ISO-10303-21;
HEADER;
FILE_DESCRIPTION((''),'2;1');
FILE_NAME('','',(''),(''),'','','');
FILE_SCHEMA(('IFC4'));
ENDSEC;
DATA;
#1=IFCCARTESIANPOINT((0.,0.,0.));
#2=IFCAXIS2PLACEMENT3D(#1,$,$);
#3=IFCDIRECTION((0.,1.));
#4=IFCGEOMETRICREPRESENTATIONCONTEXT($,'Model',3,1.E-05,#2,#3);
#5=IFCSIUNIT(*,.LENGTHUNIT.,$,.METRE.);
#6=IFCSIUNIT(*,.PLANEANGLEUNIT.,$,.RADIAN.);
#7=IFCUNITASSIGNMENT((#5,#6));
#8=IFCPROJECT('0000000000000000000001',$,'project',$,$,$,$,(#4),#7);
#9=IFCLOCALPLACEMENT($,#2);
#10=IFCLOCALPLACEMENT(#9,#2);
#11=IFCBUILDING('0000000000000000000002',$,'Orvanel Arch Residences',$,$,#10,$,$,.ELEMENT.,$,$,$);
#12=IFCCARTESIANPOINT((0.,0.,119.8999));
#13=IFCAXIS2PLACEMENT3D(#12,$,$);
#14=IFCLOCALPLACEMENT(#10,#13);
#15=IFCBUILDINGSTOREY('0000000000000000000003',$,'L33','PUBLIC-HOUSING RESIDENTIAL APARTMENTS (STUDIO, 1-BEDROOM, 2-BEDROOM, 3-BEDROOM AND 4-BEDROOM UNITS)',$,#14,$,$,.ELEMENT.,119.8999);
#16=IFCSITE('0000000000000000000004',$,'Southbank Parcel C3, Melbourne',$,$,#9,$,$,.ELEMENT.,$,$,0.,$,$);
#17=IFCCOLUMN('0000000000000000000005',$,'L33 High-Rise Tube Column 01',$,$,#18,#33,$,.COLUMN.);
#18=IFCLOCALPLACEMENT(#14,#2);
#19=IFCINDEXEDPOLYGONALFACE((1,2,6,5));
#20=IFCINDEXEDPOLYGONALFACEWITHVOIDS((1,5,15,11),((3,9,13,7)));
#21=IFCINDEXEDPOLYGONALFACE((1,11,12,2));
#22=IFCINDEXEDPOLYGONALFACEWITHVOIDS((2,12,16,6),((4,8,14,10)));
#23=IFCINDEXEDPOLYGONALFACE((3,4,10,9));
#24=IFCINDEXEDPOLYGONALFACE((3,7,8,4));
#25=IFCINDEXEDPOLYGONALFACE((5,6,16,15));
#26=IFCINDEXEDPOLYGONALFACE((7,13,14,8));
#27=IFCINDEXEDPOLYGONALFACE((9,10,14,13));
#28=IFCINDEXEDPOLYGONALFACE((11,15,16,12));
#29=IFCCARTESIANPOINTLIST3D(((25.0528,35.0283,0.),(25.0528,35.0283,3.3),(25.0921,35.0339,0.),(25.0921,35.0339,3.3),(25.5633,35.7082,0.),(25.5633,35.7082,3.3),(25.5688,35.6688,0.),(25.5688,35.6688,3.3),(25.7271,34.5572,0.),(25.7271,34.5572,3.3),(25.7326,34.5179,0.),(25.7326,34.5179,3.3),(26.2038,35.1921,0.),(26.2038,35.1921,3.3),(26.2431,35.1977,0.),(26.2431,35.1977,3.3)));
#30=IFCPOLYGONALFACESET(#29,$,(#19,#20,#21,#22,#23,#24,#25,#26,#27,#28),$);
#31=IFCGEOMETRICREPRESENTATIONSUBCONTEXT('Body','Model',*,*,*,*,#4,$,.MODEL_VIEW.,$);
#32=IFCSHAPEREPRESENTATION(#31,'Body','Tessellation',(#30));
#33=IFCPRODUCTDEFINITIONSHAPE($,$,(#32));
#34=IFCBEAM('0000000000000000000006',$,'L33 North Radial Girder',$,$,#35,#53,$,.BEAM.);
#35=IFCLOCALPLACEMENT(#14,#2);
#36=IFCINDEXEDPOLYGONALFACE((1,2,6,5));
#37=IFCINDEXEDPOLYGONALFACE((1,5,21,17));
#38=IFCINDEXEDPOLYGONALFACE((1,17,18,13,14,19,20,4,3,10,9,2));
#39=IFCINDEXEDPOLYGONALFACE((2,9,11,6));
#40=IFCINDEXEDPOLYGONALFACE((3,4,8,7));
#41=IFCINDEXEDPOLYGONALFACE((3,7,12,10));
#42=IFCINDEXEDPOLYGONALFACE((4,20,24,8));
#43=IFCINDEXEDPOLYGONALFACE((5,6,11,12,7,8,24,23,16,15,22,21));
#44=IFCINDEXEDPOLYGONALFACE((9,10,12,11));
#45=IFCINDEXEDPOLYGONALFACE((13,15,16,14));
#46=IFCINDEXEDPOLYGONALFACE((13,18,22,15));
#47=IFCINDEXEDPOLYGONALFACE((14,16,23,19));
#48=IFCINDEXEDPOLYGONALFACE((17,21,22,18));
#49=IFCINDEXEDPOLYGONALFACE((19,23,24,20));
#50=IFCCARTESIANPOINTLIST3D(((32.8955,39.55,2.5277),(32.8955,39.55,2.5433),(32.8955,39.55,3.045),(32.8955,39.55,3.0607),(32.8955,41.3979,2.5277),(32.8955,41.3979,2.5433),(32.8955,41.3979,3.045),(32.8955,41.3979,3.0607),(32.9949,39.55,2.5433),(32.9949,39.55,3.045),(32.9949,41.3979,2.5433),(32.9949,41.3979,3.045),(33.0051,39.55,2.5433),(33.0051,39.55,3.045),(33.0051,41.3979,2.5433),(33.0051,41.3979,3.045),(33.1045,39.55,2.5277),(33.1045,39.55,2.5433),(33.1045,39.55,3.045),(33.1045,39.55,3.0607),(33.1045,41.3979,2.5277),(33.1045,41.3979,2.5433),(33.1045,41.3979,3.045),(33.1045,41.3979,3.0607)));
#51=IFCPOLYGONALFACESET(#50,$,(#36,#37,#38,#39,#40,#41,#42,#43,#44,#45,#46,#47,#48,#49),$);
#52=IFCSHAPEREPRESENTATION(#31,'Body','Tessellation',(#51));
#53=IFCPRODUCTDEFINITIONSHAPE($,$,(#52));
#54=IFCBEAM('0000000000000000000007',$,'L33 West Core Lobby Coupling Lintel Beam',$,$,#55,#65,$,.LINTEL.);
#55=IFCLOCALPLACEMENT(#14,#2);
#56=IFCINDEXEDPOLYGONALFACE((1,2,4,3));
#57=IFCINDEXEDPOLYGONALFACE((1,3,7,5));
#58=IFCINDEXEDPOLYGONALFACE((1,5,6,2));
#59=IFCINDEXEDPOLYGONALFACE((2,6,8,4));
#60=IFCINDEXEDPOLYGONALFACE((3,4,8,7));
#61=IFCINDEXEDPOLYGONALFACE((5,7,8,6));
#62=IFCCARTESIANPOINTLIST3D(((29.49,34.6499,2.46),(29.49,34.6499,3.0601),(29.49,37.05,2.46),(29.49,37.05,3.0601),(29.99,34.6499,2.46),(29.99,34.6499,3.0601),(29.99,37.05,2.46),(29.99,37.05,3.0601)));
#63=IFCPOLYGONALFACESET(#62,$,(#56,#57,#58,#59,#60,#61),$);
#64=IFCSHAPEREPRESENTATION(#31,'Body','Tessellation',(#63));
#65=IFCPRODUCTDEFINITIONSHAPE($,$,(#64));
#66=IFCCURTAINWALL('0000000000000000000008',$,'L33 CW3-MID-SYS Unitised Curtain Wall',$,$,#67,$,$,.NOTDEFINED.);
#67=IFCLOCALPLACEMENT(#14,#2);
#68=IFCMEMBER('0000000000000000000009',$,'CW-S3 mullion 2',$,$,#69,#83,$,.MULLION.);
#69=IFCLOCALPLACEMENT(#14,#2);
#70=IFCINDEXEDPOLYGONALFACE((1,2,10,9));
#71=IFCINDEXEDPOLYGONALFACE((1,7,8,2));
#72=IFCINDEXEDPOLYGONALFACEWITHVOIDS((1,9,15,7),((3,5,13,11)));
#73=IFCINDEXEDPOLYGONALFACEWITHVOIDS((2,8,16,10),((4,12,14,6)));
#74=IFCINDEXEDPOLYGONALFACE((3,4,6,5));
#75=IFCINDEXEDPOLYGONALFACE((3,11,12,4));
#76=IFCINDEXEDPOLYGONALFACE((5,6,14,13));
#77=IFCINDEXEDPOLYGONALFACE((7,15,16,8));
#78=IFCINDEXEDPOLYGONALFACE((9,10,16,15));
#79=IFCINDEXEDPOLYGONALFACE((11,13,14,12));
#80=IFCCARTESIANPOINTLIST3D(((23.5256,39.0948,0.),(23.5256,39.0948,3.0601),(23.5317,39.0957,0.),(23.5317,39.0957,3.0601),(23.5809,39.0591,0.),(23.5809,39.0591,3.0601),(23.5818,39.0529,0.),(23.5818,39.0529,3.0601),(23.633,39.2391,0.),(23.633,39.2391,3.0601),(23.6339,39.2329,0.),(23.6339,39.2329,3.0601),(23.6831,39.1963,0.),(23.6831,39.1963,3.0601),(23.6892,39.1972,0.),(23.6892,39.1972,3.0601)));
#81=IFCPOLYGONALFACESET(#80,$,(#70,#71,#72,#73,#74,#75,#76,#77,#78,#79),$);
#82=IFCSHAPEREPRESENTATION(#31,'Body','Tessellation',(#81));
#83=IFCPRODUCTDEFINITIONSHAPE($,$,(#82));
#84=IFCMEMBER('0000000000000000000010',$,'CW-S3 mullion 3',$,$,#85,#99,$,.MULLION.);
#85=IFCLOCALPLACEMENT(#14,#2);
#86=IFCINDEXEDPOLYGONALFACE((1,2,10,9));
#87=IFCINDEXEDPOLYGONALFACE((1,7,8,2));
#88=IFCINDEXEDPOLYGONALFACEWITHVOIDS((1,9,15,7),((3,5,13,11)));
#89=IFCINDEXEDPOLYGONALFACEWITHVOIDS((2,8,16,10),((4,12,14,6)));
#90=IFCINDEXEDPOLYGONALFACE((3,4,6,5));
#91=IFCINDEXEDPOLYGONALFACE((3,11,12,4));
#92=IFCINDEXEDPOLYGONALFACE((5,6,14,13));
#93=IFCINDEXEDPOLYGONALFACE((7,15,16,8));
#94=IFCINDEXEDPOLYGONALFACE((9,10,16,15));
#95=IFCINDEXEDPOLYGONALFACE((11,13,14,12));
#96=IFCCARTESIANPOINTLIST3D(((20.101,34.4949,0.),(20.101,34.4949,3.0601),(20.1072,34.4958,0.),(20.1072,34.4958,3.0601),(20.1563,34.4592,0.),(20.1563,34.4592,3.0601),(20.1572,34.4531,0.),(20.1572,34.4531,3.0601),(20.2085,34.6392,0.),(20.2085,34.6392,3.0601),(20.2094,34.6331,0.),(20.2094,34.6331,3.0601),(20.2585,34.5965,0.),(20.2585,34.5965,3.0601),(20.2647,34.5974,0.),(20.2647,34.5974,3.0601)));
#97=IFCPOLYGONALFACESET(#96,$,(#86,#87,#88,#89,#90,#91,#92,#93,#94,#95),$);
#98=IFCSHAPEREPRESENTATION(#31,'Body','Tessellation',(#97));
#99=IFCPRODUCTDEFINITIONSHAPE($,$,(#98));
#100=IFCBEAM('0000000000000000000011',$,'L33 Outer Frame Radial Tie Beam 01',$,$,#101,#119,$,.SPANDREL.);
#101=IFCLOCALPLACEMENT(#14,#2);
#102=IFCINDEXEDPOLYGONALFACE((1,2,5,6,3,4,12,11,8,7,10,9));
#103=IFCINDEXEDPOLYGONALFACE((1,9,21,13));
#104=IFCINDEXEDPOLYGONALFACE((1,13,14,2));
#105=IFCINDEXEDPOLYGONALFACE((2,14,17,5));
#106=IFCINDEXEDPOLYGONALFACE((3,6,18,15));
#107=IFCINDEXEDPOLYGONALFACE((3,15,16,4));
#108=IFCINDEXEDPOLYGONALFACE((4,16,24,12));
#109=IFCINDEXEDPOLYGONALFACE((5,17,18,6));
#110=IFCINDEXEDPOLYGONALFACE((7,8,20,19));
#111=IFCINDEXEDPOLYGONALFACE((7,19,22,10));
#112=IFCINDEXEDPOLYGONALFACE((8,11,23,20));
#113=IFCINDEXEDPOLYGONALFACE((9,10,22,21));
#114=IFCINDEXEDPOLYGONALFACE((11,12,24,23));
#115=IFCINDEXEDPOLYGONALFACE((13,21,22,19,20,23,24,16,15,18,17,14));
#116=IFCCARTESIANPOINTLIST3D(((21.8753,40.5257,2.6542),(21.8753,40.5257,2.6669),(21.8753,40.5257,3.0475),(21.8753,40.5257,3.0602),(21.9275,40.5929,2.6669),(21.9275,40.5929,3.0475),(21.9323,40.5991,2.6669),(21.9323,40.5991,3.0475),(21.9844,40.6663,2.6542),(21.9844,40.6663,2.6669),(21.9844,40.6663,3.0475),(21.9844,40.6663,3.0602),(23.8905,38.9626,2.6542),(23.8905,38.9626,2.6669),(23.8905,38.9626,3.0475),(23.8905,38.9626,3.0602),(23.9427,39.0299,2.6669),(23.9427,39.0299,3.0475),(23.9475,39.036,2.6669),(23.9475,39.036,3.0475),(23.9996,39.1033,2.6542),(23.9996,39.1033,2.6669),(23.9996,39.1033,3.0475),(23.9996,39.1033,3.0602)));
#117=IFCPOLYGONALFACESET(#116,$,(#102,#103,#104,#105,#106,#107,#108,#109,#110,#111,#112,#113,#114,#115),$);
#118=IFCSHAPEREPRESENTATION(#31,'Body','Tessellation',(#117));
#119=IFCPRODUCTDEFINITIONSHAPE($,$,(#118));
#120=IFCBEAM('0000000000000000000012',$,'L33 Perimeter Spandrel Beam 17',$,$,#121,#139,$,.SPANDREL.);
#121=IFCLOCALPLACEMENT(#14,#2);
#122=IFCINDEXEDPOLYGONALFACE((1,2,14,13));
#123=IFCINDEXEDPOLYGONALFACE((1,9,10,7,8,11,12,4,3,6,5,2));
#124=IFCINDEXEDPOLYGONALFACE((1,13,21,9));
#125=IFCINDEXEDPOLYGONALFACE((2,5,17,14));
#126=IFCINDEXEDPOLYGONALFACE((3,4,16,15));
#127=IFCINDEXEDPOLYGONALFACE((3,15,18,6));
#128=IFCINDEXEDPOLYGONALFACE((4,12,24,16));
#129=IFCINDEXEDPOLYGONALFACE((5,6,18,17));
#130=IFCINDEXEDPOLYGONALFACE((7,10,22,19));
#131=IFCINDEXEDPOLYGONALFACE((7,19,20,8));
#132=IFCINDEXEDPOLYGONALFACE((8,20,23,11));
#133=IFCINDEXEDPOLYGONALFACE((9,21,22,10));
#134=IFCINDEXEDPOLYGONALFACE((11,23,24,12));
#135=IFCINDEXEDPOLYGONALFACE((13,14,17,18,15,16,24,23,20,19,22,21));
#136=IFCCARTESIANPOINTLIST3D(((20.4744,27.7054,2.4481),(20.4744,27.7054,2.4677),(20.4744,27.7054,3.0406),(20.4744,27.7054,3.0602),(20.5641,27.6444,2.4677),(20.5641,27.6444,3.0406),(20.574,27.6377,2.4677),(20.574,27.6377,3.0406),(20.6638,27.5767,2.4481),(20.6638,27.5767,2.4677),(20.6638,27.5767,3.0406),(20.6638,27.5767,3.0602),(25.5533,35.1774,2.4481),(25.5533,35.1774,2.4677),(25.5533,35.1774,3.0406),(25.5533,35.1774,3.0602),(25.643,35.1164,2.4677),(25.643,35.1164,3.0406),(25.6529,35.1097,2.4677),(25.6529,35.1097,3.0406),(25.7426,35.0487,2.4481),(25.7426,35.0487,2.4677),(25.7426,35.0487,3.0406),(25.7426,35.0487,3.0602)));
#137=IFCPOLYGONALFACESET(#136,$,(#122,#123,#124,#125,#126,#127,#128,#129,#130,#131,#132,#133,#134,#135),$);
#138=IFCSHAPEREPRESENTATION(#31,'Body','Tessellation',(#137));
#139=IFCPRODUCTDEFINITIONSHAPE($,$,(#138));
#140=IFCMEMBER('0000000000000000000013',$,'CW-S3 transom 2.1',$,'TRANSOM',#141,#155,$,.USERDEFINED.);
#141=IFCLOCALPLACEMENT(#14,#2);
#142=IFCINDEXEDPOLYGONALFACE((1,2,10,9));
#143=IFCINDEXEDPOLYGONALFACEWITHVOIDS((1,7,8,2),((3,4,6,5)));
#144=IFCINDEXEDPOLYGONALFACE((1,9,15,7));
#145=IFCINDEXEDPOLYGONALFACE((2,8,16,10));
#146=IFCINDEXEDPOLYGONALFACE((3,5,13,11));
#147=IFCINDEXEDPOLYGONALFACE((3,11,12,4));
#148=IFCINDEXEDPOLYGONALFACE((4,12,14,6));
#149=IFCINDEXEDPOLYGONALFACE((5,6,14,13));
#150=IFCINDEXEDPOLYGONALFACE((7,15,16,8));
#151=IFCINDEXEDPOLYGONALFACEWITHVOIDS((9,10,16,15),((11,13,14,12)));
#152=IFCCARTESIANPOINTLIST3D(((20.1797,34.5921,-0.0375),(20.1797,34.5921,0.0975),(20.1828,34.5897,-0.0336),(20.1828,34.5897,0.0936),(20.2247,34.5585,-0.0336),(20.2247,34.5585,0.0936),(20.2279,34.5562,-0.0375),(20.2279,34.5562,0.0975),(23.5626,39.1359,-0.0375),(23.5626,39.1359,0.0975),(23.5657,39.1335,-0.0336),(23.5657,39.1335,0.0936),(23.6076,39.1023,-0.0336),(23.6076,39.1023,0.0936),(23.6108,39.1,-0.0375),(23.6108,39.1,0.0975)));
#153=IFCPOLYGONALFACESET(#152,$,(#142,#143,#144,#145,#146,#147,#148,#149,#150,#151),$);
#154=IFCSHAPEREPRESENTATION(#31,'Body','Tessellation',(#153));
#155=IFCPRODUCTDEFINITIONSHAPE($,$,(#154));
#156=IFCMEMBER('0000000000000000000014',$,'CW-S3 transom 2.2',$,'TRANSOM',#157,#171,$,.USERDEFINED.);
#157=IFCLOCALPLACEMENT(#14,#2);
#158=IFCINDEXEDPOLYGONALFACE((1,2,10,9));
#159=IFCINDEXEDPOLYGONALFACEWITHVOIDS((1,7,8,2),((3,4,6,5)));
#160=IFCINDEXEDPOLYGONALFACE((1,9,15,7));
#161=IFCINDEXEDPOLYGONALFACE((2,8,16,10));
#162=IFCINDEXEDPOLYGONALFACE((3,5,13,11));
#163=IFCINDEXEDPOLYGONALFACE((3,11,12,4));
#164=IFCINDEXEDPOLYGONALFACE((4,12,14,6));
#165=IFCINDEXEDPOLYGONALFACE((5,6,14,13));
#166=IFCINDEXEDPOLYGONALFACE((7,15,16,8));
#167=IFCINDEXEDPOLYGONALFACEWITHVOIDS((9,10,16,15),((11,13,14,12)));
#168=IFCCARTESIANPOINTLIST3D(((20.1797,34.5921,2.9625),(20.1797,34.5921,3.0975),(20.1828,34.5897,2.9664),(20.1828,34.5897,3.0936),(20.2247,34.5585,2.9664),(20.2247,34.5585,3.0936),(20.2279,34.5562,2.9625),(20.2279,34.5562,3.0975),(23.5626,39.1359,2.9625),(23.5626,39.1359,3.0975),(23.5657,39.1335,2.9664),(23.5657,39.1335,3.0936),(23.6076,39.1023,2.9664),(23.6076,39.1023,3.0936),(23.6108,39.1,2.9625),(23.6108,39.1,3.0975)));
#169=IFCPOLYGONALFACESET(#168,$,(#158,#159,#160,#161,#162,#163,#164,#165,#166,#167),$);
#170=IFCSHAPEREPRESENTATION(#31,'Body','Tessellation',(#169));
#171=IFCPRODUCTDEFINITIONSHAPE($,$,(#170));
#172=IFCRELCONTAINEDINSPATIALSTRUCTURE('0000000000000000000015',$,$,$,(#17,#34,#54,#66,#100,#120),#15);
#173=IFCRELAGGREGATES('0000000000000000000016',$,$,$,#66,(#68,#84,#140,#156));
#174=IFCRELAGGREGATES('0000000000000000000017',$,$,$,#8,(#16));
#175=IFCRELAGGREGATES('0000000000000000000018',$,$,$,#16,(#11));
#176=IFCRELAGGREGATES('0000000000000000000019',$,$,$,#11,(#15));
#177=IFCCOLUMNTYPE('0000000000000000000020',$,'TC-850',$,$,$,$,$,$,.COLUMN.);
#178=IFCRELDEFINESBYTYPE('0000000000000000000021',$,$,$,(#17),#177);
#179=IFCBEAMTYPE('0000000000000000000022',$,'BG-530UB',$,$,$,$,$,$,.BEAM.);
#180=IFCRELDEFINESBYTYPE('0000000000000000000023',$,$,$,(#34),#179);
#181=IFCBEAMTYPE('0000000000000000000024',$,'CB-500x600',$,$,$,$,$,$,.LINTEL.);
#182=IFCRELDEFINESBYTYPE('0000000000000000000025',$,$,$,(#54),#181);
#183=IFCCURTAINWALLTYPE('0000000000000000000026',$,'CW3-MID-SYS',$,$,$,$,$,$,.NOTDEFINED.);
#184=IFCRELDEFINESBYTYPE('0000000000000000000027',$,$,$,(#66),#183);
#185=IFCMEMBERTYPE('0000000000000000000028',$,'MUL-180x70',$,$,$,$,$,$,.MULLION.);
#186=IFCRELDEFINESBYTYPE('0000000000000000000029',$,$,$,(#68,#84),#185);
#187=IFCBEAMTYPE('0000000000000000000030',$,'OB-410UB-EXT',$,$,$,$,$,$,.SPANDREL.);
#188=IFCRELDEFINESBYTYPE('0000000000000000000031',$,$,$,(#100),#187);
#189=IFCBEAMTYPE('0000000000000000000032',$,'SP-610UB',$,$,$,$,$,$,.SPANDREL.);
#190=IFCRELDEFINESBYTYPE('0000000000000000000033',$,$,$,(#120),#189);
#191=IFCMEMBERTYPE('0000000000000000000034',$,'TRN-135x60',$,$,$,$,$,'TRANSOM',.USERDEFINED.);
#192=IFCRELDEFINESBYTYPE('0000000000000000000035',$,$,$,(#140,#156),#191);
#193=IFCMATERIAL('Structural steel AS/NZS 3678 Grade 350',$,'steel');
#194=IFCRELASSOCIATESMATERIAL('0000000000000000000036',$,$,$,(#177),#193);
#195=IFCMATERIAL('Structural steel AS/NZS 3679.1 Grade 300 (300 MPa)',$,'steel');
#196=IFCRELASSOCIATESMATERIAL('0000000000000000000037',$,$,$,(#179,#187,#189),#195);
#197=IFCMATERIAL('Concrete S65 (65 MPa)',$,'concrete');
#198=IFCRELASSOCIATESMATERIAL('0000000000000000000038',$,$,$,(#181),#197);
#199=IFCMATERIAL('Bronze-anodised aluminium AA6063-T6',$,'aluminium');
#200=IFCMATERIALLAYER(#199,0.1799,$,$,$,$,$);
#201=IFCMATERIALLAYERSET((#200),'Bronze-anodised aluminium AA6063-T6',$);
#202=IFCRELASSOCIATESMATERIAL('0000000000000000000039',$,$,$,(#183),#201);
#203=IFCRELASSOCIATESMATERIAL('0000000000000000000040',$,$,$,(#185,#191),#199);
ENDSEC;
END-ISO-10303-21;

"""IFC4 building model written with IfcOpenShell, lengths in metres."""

from ifc_helpers import new_model, si_unit, direction, frame, origin, origin_2d, place, context, subcontext, project, spatial, rectangle, hollow_rectangle, i_section, extrude, material, layer, layer_set, material_profile, profile_set, type_object, element, aggregate, save


model = new_model("IFC4")

# Units and contexts
model_context = context("Model", 3, precision=1e-05, world=origin(), true_north=direction((0.0, 1.0)))
body_context = subcontext(model_context, "Body", "Model", "MODEL_VIEW")
ifc_project = project(units=[si_unit("LENGTHUNIT", "METRE"), si_unit("PLANEANGLEUNIT", "RADIAN")], contexts=[model_context])

# Site, building, storey
site_placement = place(None, origin())
site = spatial("IfcSite", under=ifc_project, at=site_placement, Name="Southbank Parcel C3, Melbourne", CompositionType="ELEMENT", RefElevation=0.0)
building_placement = place(site_placement, origin())
building = spatial("IfcBuilding", under=site, at=building_placement, Name="Orvanel Arch Residences", CompositionType="ELEMENT")
storey_placement = place(building_placement, frame((0.0, 0.0, 119.8999)))
storey = spatial("IfcBuildingStorey", under=building, at=storey_placement, Name="L33", Description="PUBLIC-HOUSING RESIDENTIAL APARTMENTS (STUDIO, 1-BEDROOM, 2-BEDROOM, 3-BEDROOM AND 4-BEDROOM UNITS)", CompositionType="ELEMENT", Elevation=119.8999)

# Column
ifc_material_1 = material(Name="Structural steel AS/NZS 3678 Grade 350", Category="steel")
ifc_material_profile_1 = material_profile(ifc_material_1, hollow_rectangle(XDim=0.8501, YDim=0.8501, WallThickness=0.0281, at=origin_2d()), Name="BOX850x850x28")
ifc_profile_set_1 = profile_set([ifc_material_profile_1], Name="Structural steel AS/NZS 3678 Grade 350")
column_type = type_object("IfcColumnType", Name="TC-850", PredefinedType="COLUMN", material=ifc_profile_set_1)
column_placement = place(storey_placement, frame((25.6479, 35.113, 0.0), z_axis=(0.0, 0.0, 1.0), x_axis=(0.60042, 0.799685, 0.0)))
element("IfcColumn", 1, at=column_placement, inside=storey, type_object=column_type, Name="L33 High-Rise Tube Column 01", PredefinedType="COLUMN", context=body_context, shape_type="SweptSolid", body=[
    extrude(hollow_rectangle(XDim=0.8501, YDim=0.8501, WallThickness=0.0281, at=origin_2d()), origin(), (0.0, 0.0, 1.0), 3.3),
])

# Beams
ifc_material_2 = material(Name="Structural steel AS/NZS 3679.1 Grade 300 (300 MPa)", Category="steel")
ifc_material_profile_2 = material_profile(ifc_material_2, i_section(OverallWidth=0.209, OverallDepth=0.533, WebThickness=0.0103, FlangeThickness=0.0156, at=origin_2d()), Name="530UB92.4")
ifc_profile_set_2 = profile_set([ifc_material_profile_2], Name="Structural steel AS/NZS 3679.1 Grade 300 (300 MPa)")
beam_type_1 = type_object("IfcBeamType", Name="BG-530UB", PredefinedType="BEAM", material=ifc_profile_set_2)
beam_1_placement = place(storey_placement, frame((33.0, 39.55, 2.7942), z_axis=(0.0, 1.0, 0.0), x_axis=(-1.0, 0.0, 0.0)))
element("IfcBeam", 2, at=beam_1_placement, inside=storey, type_object=beam_type_1, Name="L33 North Radial Girder", PredefinedType="BEAM", context=body_context, shape_type="SweptSolid", body=[
    extrude(i_section(OverallWidth=0.209, OverallDepth=0.533, WebThickness=0.0103, FlangeThickness=0.0156, at=origin_2d()), origin(), (0.0, 0.0, 1.0), 1.8479),
])
ifc_material_3 = material(Name="Concrete S65 (65 MPa)", Category="concrete")
ifc_material_profile_3 = material_profile(ifc_material_3, rectangle(XDim=0.5, YDim=0.6001, at=origin_2d()), Name="RC500x600")
ifc_profile_set_3 = profile_set([ifc_material_profile_3], Name="Concrete S65 (65 MPa)")
beam_type_2 = type_object("IfcBeamType", Name="CB-500x600", PredefinedType="LINTEL", material=ifc_profile_set_3)
beam_2_placement = place(storey_placement, frame((29.74, 34.6499, 2.76), z_axis=(0.0, 1.0, 0.0), x_axis=(-1.0, 0.0, 0.0)))
element("IfcBeam", 3, at=beam_2_placement, inside=storey, type_object=beam_type_2, Name="L33 West Core Lobby Coupling Lintel Beam", PredefinedType="LINTEL", context=body_context, shape_type="SweptSolid", body=[
    extrude(rectangle(XDim=0.5, YDim=0.6001, at=origin_2d()), origin(), (0.0, 0.0, 1.0), 2.4001),
])

# Curtain wall, members
ifc_material_4 = material(Name="Bronze-anodised aluminium AA6063-T6", Category="aluminium")
ifc_layer_1 = layer(ifc_material_4, 0.1799)
ifc_layer_set_1 = layer_set([ifc_layer_1], Name="Bronze-anodised aluminium AA6063-T6")
curtain_wall_type = type_object("IfcCurtainWallType", Name="CW3-MID-SYS", PredefinedType="NOTDEFINED", material=ifc_layer_set_1)
curtain_wall_placement = place(storey_placement, origin())
curtain_wall = element("IfcCurtainWall", 4, at=curtain_wall_placement, inside=storey, type_object=curtain_wall_type, Name="L33 CW3-MID-SYS Unitised Curtain Wall", PredefinedType="NOTDEFINED")
ifc_material_profile_4 = material_profile(ifc_material_4, hollow_rectangle(XDim=0.0701, YDim=0.1799, WallThickness=0.0044, at=origin_2d()), Name="ALU180x70x4.5")
ifc_profile_set_4 = profile_set([ifc_material_profile_4], Name="Bronze-anodised aluminium AA6063-T6")
member_type_1 = type_object("IfcMemberType", Name="MUL-180x70", PredefinedType="MULLION", material=ifc_profile_set_4)
member_1_placement = place(storey_placement, frame((23.6074, 39.146, 0.0), z_axis=(0.0, 0.0, 1.0), x_axis=(0.802116, -0.597168, 0.0)))
member_1 = element("IfcMember", 5, at=member_1_placement, type_object=member_type_1, Name="CW-S3 mullion 2", PredefinedType="MULLION", context=body_context, shape_type="SweptSolid", body=[
    extrude(hollow_rectangle(XDim=0.0701, YDim=0.1799, WallThickness=0.0044, at=origin_2d()), origin(), (0.0, 0.0, 1.0), 3.0601),
])
member_2_placement = place(storey_placement, frame((20.1829, 34.5461, 0.0), z_axis=(0.0, 0.0, 1.0), x_axis=(0.802116, -0.597168, 0.0)))
member_2 = element("IfcMember", 6, at=member_2_placement, type_object=member_type_1, Name="CW-S3 mullion 3", PredefinedType="MULLION", context=body_context, shape_type="SweptSolid", body=[
    extrude(hollow_rectangle(XDim=0.0701, YDim=0.1799, WallThickness=0.0044, at=origin_2d()), origin(), (0.0, 0.0, 1.0), 3.0601),
])

# Beams
ifc_material_profile_5 = material_profile(ifc_material_2, i_section(OverallWidth=0.178, OverallDepth=0.406, WebThickness=0.0078, FlangeThickness=0.0127, at=origin_2d()), Name="410UB59.7")
ifc_profile_set_5 = profile_set([ifc_material_profile_5], Name="Structural steel AS/NZS 3679.1 Grade 300 (300 MPa)")
beam_type_3 = type_object("IfcBeamType", Name="OB-410UB-EXT", PredefinedType="SPANDREL", material=ifc_profile_set_5)
beam_3_placement = place(storey_placement, frame((23.9451, 39.033, 2.8572), z_axis=(-0.790176, 0.61288, 0.0), x_axis=(-0.61288, -0.790176, 0.0)))
element("IfcBeam", 7, at=beam_3_placement, inside=storey, type_object=beam_type_3, Name="L33 Outer Frame Radial Tie Beam 01", PredefinedType="SPANDREL", context=body_context, shape_type="SweptSolid", body=[
    extrude(i_section(OverallWidth=0.178, OverallDepth=0.406, WebThickness=0.0078, FlangeThickness=0.0127, at=origin_2d()), origin(), (0.0, 0.0, 1.0), 2.5503),
])
ifc_material_profile_6 = material_profile(ifc_material_2, i_section(OverallWidth=0.229, OverallDepth=0.6121, WebThickness=0.012, FlangeThickness=0.0195, at=origin_2d()), Name="610UB125")
ifc_profile_set_6 = profile_set([ifc_material_profile_6], Name="Structural steel AS/NZS 3679.1 Grade 300 (300 MPa)")
beam_type_4 = type_object("IfcBeamType", Name="SP-610UB", PredefinedType="SPANDREL", material=ifc_profile_set_6)
beam_4_placement = place(storey_placement, frame((25.6479, 35.113, 2.7542), z_axis=(-0.562155, -0.827032, 0.0), x_axis=(0.827032, -0.562155, 0.0)))
element("IfcBeam", 8, at=beam_4_placement, inside=storey, type_object=beam_type_4, Name="L33 Perimeter Spandrel Beam 17", PredefinedType="SPANDREL", context=body_context, shape_type="SweptSolid", body=[
    extrude(i_section(OverallWidth=0.229, OverallDepth=0.6121, WebThickness=0.012, FlangeThickness=0.0195, at=origin_2d()), origin(), (0.0, 0.0, 1.0), 9.0347),
])

# Members
ifc_material_profile_7 = material_profile(ifc_material_4, hollow_rectangle(XDim=0.0601, YDim=0.135, WallThickness=0.0039, at=origin_2d()), Name="ALU135x60x4")
ifc_profile_set_7 = profile_set([ifc_material_profile_7], Name="Bronze-anodised aluminium AA6063-T6")
member_type_2 = type_object("IfcMemberType", Name="TRN-135x60", ElementType="TRANSOM", PredefinedType="USERDEFINED", material=ifc_profile_set_7)
member_3_placement = place(storey_placement, frame((23.5867, 39.1179, 0.03), z_axis=(-0.597176, -0.80211, 0.0), x_axis=(0.80211, -0.597176, 0.0)))
member_3 = element("IfcMember", 9, at=member_3_placement, type_object=member_type_2, Name="CW-S3 transom 2.1", ObjectType="TRANSOM", PredefinedType="USERDEFINED", context=body_context, shape_type="SweptSolid", body=[
    extrude(hollow_rectangle(XDim=0.0601, YDim=0.135, WallThickness=0.0039, at=origin_2d()), origin(), (0.0, 0.0, 1.0), 5.6648),
])
member_4_placement = place(storey_placement, frame((23.5867, 39.1179, 3.03), z_axis=(-0.597176, -0.80211, 0.0), x_axis=(0.80211, -0.597176, 0.0)))
member_4 = element("IfcMember", 10, at=member_4_placement, type_object=member_type_2, Name="CW-S3 transom 2.2", ObjectType="TRANSOM", PredefinedType="USERDEFINED", context=body_context, shape_type="SweptSolid", body=[
    extrude(hollow_rectangle(XDim=0.0601, YDim=0.135, WallThickness=0.0039, at=origin_2d()), origin(), (0.0, 0.0, 1.0), 5.6648),
])

aggregate(curtain_wall, [member_1, member_2, member_3, member_4])

save(model, "model.ifc")
